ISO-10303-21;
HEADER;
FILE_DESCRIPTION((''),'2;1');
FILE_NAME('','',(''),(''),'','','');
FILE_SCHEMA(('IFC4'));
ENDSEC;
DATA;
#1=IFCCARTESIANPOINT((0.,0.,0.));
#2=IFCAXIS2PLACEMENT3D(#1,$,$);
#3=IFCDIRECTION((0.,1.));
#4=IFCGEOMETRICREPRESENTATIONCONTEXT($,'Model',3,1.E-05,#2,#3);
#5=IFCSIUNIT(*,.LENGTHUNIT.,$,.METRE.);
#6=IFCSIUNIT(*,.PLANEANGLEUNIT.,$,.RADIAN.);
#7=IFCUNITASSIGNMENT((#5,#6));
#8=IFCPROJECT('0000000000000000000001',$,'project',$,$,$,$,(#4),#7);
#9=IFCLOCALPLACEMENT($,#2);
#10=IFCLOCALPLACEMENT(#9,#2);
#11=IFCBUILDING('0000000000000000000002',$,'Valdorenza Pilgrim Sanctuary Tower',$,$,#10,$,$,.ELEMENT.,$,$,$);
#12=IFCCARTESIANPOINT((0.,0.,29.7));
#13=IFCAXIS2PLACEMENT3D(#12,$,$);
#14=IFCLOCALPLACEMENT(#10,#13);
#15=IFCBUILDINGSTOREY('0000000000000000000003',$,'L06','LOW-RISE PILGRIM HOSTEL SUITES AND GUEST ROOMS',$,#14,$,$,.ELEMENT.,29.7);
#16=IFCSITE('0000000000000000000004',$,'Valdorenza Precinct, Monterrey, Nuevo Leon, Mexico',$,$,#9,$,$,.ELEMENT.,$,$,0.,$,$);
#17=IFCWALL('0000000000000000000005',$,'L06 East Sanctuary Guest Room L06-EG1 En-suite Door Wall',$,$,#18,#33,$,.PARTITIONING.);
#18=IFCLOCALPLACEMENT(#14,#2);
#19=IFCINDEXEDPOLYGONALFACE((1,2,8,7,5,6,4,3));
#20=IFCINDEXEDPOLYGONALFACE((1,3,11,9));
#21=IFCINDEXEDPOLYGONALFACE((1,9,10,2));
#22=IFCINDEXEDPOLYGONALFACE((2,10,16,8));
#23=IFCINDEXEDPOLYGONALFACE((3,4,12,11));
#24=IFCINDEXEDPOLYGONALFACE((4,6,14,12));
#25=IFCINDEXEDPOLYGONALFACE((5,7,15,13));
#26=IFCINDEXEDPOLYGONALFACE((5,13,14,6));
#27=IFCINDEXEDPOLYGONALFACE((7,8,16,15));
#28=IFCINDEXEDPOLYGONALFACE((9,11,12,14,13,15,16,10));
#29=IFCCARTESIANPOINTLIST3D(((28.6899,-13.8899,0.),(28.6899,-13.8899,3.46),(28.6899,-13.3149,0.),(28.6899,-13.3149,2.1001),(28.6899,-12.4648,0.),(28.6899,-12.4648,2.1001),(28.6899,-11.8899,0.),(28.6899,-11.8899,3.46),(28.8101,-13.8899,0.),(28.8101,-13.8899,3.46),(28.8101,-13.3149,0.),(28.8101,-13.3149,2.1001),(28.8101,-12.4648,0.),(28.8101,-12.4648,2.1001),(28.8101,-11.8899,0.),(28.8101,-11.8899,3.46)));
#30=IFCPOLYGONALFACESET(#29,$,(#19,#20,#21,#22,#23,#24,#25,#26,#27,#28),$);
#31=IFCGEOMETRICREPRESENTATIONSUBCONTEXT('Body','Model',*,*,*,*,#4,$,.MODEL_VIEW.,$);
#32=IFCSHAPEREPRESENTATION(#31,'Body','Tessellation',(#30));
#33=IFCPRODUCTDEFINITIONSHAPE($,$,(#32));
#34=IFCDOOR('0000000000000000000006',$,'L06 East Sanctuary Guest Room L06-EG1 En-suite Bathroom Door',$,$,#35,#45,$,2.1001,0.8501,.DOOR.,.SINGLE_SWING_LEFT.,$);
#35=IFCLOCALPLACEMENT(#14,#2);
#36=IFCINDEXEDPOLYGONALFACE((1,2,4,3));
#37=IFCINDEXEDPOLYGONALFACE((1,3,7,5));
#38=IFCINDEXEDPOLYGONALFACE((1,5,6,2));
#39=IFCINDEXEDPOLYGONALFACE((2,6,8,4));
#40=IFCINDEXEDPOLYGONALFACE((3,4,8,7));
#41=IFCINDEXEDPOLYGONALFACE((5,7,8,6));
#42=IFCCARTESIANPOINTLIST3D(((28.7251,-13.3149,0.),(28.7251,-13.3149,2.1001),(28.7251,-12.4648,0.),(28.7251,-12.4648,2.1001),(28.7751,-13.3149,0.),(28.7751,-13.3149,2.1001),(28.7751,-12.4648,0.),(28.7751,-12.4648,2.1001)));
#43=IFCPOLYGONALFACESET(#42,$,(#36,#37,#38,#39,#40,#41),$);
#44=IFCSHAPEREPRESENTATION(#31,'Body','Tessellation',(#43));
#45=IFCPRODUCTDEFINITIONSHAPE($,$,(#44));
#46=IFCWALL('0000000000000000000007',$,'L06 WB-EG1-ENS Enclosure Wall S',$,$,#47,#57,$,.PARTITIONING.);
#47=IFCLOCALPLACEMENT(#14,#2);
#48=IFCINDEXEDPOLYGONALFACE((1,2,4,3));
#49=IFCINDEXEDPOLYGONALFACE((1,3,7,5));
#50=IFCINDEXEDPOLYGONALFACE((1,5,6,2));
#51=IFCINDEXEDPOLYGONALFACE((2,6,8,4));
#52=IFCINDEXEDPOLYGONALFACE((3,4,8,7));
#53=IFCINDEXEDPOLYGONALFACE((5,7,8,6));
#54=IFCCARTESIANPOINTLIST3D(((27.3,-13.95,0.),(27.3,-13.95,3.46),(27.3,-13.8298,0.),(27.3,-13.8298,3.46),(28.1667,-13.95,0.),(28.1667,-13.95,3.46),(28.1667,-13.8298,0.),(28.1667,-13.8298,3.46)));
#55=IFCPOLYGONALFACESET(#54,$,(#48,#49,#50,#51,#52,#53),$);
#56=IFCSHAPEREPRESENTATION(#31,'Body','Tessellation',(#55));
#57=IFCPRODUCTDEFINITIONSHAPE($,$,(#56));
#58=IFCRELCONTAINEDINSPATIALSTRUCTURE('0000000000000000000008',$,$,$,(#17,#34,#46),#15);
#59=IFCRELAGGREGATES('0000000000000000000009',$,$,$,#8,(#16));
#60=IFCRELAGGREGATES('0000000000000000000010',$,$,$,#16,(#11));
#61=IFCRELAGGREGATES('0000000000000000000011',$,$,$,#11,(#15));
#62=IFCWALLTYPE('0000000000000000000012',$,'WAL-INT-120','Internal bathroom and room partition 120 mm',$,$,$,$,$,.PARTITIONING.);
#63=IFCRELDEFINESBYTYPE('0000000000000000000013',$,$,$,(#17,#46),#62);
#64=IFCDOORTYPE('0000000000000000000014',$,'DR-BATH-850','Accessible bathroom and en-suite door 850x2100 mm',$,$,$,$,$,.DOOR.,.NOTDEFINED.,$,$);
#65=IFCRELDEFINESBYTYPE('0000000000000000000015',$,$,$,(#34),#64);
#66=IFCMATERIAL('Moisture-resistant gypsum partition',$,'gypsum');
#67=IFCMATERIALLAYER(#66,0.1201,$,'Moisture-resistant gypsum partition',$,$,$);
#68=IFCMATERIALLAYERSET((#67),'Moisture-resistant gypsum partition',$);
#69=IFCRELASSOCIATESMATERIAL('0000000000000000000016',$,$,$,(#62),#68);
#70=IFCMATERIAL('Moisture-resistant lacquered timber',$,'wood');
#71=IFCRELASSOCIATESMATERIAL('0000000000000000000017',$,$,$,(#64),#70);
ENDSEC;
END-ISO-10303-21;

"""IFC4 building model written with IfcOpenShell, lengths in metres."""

from ifc_helpers import new_model, si_unit, direction, frame, frame_2d, origin, place, context, subcontext, project, spatial, rectangle, extrude, material, layer, layer_set, type_object, element, fill, save


model = new_model("IFC4")

# Units and contexts
model_context = context("Model", 3, precision=1e-05, world=origin(), true_north=direction((0.0, 1.0)))
body_context = subcontext(model_context, "Body", "Model", "MODEL_VIEW")
ifc_project = project(units=[si_unit("LENGTHUNIT", "METRE"), si_unit("PLANEANGLEUNIT", "RADIAN")], contexts=[model_context])

# Site, building, storey
site_placement = place(None, origin())
site = spatial("IfcSite", under=ifc_project, at=site_placement, Name="Valdorenza Precinct, Monterrey, Nuevo Leon, Mexico", CompositionType="ELEMENT", RefElevation=0.0)
building_placement = place(site_placement, origin())
building = spatial("IfcBuilding", under=site, at=building_placement, Name="Valdorenza Pilgrim Sanctuary Tower", CompositionType="ELEMENT")
storey_placement = place(building_placement, frame((0.0, 0.0, 29.7)))
storey = spatial("IfcBuildingStorey", under=building, at=storey_placement, Name="L06", Description="LOW-RISE PILGRIM HOSTEL SUITES AND GUEST ROOMS", CompositionType="ELEMENT", Elevation=29.7)

# Shared definitions
ifc_material_1 = material(Name="Moisture-resistant gypsum partition", Category="gypsum")
ifc_layer_1 = layer(ifc_material_1, 0.1201, Name="Moisture-resistant gypsum partition")
ifc_layer_set_1 = layer_set([ifc_layer_1], Name="Moisture-resistant gypsum partition")
wall_type_1 = type_object("IfcWallType", Name="WAL-INT-120", Description="Internal bathroom and room partition 120 mm", PredefinedType="PARTITIONING", material=ifc_layer_set_1)

# Wall, opening, door
wall_1_placement = place(storey_placement, frame((28.75, -13.8899, 0.0), z_axis=(0.0, 0.0, 1.0), x_axis=(0.0, 1.0, 0.0)))
wall_1 = element("IfcWall", 1, at=wall_1_placement, inside=storey, type_object=wall_type_1, Name="L06 East Sanctuary Guest Room L06-EG1 En-suite Door Wall", PredefinedType="PARTITIONING", context=body_context, shape_type="SweptSolid", body=[
    extrude(rectangle(XDim=2.0, YDim=0.1201, at=frame_2d((1.0, 0.0))), origin(), (0.0, 0.0, 1.0), 3.46),
])
opening_1_placement = place(wall_1_placement, frame((0.575, 0.0, 0.0)))
opening_1 = element("IfcOpeningElement", 2, at=opening_1_placement, cuts=wall_1, PredefinedType="OPENING", context=body_context, shape_type="SweptSolid", body=[
    extrude(rectangle(XDim=0.8501, YDim=2.1001, at=frame_2d((0.425, 1.05))), frame((0.0, 0.075, 0.0), z_axis=(0.0, -1.0, 0.0), x_axis=(1.0, 0.0, 0.0)), (0.0, 0.0, 1.0), 0.1499),
])
ifc_material_2 = material(Name="Moisture-resistant lacquered timber", Category="wood")
door_type_1 = type_object("IfcDoorType", Name="DR-BATH-850", Description="Accessible bathroom and en-suite door 850x2100 mm", OperationType="NOTDEFINED", PredefinedType="DOOR", material=ifc_material_2)
door_1_placement = place(opening_1_placement, origin())
door_1 = element("IfcDoor", 3, at=door_1_placement, inside=storey, type_object=door_type_1, Name="L06 East Sanctuary Guest Room L06-EG1 En-suite Bathroom Door", OperationType="SINGLE_SWING_LEFT", OverallHeight=2.1001, OverallWidth=0.8501, PredefinedType="DOOR", context=body_context, shape_type="SweptSolid", body=[
    extrude(rectangle(XDim=0.8501, YDim=2.1001, at=frame_2d((0.425, 1.05))), frame((0.0, 0.0249, 0.0), z_axis=(0.0, -1.0, 0.0), x_axis=(1.0, 0.0, 0.0)), (0.0, 0.0, 1.0), 0.05),
])
fill(opening_1, door_1)

# Wall
wall_2_placement = place(storey_placement, frame((27.3, -13.8899, 0.0), z_axis=(0.0, 0.0, 1.0), x_axis=(1.0, 0.0, 0.0)))
element("IfcWall", 4, at=wall_2_placement, inside=storey, type_object=wall_type_1, Name="L06 WB-EG1-ENS Enclosure Wall S", PredefinedType="PARTITIONING", context=body_context, shape_type="SweptSolid", body=[
    extrude(rectangle(XDim=0.8667, YDim=0.1201, at=frame_2d((0.4333, 0.0))), origin(), (0.0, 0.0, 1.0), 3.46),
])

save(model, "model.ifc")
